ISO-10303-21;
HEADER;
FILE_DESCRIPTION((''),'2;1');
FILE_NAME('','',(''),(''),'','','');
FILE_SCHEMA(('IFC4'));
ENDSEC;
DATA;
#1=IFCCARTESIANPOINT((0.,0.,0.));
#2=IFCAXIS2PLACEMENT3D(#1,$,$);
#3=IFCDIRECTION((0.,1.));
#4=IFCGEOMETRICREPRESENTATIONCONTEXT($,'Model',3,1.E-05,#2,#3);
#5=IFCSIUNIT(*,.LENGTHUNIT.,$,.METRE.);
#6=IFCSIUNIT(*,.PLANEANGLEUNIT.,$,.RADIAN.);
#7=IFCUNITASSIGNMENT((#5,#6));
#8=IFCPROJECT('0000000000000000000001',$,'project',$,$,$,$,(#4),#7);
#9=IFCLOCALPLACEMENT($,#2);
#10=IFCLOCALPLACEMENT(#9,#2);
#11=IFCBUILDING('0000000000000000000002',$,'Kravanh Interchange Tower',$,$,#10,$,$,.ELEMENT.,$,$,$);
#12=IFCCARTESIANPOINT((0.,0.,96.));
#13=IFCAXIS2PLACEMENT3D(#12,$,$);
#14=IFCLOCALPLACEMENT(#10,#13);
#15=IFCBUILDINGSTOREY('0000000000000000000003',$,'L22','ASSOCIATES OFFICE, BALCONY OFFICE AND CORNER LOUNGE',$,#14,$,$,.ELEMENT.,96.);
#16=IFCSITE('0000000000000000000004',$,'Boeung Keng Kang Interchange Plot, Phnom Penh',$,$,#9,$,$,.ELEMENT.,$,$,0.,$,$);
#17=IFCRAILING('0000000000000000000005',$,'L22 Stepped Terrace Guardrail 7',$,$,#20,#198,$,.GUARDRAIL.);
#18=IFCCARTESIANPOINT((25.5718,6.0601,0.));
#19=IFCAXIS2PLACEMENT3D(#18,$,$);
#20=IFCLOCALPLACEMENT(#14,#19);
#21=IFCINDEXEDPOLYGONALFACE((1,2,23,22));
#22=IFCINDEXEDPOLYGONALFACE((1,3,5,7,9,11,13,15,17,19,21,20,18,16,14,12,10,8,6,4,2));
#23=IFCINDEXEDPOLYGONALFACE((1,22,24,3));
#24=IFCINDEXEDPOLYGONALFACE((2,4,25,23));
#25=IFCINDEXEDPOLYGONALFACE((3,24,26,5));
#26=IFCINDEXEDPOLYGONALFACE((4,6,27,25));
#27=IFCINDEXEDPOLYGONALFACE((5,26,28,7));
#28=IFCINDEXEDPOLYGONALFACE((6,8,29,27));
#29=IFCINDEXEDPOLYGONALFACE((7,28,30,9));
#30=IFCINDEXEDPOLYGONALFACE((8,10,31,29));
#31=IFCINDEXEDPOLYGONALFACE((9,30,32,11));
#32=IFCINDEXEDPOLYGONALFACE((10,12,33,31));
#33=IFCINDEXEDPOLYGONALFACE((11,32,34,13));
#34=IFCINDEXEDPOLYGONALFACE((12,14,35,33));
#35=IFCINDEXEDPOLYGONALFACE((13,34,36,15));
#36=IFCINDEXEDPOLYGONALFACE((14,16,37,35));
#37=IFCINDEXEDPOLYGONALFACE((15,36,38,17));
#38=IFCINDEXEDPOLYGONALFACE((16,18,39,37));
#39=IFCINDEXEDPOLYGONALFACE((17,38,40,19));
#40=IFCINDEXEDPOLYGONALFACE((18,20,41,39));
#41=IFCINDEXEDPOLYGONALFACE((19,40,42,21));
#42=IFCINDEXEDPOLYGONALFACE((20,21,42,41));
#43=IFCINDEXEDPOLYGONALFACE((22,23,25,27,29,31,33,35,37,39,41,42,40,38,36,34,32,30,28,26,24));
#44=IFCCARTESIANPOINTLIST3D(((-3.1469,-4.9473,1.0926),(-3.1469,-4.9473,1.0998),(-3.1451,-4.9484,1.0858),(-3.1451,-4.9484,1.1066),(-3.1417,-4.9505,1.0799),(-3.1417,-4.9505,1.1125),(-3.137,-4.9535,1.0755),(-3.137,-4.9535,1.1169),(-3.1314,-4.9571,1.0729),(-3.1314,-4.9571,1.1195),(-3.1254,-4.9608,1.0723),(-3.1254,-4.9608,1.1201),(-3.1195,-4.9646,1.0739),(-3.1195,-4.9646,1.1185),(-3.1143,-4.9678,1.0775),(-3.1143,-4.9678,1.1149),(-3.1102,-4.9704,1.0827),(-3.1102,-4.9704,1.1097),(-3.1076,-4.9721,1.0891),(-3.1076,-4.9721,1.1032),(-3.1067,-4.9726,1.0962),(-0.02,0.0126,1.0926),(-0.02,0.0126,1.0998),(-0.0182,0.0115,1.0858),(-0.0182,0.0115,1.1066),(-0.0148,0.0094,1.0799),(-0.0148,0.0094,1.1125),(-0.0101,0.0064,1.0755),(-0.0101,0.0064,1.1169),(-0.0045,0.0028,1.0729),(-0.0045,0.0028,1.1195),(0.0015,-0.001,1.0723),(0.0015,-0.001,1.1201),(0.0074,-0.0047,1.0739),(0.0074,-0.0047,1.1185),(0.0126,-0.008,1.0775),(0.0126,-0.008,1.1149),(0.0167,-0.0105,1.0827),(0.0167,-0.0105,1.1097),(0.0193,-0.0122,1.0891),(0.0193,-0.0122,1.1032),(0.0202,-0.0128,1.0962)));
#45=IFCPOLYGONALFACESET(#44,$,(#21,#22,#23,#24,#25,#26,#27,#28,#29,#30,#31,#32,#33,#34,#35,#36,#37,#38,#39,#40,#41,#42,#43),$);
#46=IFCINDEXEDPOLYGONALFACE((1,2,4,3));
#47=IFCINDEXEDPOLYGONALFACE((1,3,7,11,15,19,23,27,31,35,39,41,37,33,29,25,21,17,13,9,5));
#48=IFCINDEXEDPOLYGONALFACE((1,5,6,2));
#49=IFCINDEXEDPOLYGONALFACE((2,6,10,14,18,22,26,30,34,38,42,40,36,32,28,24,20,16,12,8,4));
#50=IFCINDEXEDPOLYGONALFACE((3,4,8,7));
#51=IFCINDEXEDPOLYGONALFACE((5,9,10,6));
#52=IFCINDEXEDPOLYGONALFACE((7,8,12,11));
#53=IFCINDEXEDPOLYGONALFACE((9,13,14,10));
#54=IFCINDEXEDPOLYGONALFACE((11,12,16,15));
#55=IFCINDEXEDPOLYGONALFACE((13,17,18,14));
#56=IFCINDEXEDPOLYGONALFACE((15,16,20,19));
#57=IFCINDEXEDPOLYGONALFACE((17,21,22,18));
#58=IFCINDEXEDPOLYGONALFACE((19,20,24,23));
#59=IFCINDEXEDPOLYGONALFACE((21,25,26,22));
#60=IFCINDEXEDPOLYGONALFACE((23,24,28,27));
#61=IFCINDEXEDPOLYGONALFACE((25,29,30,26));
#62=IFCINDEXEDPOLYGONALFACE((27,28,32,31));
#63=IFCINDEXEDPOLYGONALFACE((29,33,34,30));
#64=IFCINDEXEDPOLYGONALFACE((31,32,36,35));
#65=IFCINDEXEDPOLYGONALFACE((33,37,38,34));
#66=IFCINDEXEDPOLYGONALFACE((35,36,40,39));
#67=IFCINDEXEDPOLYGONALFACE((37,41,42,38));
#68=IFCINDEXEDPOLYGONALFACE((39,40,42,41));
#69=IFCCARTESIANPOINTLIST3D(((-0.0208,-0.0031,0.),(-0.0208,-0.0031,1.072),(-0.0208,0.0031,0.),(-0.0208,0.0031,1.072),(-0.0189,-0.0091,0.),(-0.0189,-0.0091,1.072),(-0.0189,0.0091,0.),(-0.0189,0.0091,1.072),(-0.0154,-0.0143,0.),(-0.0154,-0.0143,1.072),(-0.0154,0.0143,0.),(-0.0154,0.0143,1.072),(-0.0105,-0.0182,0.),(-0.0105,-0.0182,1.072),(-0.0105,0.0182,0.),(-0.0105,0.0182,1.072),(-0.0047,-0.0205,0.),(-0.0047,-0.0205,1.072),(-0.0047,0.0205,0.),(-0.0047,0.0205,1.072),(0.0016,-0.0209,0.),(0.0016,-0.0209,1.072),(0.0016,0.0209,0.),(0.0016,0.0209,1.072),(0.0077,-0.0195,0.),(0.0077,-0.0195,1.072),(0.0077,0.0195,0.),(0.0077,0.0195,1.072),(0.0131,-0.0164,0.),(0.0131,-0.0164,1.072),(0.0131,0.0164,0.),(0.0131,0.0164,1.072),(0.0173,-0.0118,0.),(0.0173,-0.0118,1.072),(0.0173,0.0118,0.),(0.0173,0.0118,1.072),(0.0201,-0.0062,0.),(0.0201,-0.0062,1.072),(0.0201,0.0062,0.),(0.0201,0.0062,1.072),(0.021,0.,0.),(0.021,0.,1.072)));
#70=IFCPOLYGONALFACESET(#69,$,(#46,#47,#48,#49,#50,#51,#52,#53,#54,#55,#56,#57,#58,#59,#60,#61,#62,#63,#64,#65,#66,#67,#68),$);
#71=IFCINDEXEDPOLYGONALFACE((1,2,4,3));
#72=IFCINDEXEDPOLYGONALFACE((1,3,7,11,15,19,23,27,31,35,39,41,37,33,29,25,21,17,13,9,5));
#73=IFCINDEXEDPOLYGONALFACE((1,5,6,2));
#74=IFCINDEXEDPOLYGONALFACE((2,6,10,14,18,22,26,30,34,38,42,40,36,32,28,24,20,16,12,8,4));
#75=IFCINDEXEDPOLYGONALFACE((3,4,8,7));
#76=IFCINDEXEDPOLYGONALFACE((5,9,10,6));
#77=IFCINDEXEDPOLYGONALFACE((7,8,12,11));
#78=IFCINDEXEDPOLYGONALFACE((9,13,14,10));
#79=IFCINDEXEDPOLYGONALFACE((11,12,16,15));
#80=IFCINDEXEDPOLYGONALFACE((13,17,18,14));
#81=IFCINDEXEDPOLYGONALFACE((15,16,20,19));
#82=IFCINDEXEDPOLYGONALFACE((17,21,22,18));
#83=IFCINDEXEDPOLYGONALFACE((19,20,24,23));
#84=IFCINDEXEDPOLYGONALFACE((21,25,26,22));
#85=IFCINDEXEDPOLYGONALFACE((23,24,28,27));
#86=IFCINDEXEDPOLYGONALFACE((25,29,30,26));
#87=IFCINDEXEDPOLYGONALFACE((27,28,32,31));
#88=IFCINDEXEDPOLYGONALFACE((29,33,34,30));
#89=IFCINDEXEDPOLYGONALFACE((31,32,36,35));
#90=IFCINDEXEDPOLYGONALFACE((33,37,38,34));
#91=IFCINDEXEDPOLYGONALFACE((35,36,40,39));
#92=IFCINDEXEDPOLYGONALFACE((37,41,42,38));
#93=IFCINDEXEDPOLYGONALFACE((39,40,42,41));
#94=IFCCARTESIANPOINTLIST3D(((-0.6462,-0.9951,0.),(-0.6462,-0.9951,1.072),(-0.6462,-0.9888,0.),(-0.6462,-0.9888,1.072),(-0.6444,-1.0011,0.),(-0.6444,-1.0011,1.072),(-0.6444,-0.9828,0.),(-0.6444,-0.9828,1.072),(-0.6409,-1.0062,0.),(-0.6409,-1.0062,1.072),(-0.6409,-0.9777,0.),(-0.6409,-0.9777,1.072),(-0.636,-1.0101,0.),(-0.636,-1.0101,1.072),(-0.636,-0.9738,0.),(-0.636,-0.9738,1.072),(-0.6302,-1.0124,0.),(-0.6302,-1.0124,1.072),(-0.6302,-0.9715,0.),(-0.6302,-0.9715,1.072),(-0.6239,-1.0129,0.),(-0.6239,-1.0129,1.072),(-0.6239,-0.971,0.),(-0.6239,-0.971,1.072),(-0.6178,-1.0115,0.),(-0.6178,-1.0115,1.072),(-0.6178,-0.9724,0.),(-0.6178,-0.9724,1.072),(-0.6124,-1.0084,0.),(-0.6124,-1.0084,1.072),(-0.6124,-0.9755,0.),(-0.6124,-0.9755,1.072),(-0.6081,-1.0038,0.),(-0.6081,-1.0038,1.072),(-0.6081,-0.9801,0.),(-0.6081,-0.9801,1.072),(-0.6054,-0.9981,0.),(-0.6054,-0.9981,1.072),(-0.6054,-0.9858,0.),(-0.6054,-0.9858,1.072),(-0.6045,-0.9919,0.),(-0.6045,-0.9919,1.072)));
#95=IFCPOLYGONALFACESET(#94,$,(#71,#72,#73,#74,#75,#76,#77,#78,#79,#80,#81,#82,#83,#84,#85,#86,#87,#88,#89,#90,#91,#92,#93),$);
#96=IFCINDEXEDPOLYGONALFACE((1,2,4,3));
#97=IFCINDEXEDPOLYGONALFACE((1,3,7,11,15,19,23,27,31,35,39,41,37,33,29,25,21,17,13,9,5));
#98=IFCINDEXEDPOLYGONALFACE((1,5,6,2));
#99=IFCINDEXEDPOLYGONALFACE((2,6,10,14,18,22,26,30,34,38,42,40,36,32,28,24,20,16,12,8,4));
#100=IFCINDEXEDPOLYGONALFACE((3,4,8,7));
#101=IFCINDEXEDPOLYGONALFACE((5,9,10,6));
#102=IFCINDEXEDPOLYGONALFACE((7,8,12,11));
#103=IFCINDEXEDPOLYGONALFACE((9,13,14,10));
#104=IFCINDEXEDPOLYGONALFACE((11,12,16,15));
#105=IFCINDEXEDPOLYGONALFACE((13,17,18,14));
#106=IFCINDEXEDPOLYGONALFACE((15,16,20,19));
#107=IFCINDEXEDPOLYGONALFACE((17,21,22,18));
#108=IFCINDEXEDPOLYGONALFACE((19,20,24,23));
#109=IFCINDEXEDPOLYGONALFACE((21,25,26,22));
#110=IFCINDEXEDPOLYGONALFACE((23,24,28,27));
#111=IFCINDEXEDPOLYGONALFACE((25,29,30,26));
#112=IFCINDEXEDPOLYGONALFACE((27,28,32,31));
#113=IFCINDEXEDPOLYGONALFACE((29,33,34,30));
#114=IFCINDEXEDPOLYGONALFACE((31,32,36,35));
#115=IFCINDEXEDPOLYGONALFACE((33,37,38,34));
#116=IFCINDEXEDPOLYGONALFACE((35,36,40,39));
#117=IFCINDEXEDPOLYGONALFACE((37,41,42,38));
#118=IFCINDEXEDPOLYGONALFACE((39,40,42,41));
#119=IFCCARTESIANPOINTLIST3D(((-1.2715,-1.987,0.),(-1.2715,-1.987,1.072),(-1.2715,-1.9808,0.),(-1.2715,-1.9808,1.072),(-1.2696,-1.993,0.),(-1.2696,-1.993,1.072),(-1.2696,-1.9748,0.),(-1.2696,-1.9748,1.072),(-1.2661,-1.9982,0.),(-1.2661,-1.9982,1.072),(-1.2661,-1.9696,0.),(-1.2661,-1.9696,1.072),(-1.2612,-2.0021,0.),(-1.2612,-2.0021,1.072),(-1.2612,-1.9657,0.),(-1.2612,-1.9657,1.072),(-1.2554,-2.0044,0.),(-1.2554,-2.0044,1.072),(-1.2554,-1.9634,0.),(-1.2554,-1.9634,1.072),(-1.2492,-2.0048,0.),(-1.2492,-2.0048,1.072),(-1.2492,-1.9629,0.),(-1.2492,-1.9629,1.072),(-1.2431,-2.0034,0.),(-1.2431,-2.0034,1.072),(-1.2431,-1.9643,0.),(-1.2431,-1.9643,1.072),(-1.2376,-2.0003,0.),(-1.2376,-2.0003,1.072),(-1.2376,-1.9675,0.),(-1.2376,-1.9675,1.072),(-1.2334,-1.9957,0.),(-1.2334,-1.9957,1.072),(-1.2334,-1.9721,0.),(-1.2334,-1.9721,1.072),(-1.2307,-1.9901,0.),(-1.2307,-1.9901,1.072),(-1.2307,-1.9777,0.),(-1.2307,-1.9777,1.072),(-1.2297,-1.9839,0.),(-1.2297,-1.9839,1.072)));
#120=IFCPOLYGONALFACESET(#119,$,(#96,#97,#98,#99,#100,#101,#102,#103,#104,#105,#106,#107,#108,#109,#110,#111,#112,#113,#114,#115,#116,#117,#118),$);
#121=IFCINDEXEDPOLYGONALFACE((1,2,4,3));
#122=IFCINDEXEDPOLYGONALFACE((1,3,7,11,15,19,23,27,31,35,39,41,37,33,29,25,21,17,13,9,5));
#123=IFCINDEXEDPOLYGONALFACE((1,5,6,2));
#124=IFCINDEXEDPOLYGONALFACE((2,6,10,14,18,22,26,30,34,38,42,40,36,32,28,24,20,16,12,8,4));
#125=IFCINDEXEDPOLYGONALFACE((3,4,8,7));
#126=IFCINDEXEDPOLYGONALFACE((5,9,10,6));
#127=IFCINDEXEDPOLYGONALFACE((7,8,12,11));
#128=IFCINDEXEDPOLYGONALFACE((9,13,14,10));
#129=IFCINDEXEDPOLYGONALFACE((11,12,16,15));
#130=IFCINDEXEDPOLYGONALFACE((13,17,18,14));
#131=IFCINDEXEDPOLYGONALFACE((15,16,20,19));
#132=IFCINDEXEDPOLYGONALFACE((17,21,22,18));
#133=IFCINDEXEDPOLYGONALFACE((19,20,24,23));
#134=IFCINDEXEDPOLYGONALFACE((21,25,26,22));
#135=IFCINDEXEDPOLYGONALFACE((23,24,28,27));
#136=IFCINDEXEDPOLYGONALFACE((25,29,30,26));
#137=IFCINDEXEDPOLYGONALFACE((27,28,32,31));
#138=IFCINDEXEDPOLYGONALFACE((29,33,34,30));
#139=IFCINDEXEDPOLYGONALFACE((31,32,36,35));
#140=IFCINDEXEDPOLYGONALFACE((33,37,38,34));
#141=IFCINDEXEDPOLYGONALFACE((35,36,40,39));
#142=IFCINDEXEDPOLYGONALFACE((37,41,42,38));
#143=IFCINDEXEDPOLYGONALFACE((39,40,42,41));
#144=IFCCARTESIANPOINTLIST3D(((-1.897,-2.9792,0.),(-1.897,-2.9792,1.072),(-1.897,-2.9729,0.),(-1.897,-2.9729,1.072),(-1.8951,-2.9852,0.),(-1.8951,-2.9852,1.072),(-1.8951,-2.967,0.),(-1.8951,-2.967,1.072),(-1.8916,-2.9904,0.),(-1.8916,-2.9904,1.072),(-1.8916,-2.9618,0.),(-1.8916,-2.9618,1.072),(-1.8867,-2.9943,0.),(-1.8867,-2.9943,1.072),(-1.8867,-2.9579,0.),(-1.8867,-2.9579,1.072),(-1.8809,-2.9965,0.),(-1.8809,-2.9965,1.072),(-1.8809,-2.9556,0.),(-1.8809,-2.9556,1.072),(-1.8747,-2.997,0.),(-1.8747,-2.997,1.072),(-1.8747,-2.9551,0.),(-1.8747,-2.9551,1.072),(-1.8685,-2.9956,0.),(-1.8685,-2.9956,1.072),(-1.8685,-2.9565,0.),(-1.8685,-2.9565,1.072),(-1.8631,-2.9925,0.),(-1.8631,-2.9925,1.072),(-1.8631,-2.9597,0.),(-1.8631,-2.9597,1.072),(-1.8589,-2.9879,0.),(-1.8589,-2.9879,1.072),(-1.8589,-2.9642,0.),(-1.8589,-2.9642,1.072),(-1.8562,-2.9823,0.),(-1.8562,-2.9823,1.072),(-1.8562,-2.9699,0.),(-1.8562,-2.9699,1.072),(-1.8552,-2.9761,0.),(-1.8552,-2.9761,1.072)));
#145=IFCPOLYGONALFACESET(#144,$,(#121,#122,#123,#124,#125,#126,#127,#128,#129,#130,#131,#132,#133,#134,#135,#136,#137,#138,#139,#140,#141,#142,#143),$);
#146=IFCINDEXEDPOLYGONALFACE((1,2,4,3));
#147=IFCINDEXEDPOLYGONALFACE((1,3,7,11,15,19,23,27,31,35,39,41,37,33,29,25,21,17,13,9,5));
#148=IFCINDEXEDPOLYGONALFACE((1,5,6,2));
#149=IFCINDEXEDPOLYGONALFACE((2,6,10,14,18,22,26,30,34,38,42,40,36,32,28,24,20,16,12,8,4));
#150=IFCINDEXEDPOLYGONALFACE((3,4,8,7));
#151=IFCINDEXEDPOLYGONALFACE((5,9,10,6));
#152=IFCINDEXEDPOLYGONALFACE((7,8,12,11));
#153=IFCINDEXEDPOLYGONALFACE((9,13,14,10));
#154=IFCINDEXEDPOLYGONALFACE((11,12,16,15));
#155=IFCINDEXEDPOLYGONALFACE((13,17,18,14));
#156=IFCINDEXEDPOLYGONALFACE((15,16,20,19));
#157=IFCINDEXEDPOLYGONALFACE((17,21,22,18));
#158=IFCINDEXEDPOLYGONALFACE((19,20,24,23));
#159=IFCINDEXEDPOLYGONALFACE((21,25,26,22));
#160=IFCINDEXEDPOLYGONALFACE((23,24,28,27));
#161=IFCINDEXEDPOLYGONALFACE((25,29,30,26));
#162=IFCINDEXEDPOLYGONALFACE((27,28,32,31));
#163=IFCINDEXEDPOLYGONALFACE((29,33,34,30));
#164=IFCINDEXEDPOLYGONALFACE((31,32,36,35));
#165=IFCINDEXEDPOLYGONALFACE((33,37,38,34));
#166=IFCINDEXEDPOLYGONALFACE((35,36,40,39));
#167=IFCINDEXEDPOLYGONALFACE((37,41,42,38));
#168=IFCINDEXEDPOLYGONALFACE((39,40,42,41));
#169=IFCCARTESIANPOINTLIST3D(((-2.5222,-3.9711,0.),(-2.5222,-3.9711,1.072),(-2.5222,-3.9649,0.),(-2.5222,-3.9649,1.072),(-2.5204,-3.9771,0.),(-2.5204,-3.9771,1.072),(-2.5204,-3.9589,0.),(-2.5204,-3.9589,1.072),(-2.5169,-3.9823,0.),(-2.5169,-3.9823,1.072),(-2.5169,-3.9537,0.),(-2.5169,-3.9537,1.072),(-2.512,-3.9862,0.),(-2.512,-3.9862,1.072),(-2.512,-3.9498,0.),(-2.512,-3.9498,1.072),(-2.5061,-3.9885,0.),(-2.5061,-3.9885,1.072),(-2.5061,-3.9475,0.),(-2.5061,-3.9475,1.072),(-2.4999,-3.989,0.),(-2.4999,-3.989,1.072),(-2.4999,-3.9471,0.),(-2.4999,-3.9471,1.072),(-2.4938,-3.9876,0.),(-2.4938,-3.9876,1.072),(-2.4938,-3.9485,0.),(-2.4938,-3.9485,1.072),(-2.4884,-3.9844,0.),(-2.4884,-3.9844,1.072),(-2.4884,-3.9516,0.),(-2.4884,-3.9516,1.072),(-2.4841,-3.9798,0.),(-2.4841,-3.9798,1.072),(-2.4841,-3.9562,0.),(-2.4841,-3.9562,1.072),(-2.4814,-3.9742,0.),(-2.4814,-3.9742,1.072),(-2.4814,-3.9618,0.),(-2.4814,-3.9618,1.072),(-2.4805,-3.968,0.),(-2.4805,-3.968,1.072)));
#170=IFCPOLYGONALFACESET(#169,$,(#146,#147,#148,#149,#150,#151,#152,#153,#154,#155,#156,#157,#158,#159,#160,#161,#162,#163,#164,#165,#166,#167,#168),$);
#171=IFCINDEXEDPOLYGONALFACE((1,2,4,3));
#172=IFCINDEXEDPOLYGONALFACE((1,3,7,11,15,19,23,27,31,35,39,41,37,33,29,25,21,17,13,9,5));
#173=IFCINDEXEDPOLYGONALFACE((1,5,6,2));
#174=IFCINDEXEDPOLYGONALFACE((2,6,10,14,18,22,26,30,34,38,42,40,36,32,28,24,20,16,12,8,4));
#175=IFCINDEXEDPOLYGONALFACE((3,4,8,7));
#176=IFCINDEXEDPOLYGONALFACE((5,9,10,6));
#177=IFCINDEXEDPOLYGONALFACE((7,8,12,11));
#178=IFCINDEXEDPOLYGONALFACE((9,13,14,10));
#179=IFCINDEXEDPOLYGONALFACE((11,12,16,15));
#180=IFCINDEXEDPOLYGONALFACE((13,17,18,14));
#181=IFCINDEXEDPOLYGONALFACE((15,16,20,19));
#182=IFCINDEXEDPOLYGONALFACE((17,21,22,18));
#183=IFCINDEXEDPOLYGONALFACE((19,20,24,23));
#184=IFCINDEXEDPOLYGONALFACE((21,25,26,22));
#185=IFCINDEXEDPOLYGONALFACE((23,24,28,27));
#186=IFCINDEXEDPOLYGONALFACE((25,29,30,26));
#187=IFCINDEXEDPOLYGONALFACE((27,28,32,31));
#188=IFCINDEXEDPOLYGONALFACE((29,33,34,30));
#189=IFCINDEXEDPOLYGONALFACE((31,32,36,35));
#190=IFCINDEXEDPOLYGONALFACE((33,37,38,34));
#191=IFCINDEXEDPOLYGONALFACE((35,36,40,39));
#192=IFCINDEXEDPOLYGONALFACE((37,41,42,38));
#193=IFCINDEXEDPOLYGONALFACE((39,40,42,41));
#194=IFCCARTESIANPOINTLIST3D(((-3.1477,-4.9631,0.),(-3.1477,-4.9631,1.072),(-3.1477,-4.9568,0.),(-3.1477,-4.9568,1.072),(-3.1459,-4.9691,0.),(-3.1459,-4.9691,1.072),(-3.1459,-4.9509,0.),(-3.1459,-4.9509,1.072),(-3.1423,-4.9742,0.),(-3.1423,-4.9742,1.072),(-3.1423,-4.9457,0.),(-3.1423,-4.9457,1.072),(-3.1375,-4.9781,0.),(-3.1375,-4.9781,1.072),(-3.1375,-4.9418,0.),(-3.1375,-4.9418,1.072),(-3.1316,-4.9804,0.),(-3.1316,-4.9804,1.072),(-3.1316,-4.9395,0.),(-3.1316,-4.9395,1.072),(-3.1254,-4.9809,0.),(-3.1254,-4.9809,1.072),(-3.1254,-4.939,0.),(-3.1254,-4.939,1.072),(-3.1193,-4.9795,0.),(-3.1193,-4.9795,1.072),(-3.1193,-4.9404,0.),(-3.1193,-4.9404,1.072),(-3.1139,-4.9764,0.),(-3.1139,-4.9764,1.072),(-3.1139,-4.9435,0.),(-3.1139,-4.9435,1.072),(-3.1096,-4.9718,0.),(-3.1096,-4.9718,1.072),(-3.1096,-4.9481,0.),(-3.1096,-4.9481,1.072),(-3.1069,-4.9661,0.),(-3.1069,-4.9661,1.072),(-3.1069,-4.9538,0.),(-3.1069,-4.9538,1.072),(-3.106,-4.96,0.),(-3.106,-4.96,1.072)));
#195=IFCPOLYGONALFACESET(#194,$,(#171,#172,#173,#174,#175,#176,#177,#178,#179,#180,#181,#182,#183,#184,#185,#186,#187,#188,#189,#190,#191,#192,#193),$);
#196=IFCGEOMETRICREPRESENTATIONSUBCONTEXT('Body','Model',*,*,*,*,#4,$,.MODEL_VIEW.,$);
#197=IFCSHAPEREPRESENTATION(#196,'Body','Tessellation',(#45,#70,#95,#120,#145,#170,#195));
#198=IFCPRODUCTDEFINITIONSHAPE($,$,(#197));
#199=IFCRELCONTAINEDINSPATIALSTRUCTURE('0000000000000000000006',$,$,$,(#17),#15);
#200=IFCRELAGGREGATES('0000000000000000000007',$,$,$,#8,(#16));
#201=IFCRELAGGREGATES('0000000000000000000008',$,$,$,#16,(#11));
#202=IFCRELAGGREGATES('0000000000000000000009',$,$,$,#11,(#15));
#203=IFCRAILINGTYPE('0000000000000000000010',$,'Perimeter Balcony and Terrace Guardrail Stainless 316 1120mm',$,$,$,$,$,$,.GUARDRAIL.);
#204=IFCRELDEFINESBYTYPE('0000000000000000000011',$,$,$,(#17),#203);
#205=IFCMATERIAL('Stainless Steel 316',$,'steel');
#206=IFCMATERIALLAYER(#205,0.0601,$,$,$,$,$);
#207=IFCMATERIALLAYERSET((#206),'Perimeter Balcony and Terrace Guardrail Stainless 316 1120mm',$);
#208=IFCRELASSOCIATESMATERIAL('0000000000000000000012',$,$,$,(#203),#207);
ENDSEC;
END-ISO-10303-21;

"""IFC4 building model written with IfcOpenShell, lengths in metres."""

from ifc_helpers import new_model, si_unit, direction, frame, origin, origin_2d, place, context, subcontext, project, spatial, circle, extrude, material, layer, layer_set, type_object, element, save


model = new_model("IFC4")

# Units and contexts
model_context = context("Model", 3, precision=1e-05, world=origin(), true_north=direction((0.0, 1.0)))
body_context = subcontext(model_context, "Body", "Model", "MODEL_VIEW")
ifc_project = project(units=[si_unit("LENGTHUNIT", "METRE"), si_unit("PLANEANGLEUNIT", "RADIAN")], contexts=[model_context])

# Site, building, storey
site_placement = place(None, origin())
site = spatial("IfcSite", under=ifc_project, at=site_placement, Name="Boeung Keng Kang Interchange Plot, Phnom Penh", CompositionType="ELEMENT", RefElevation=0.0)
building_placement = place(site_placement, origin())
building = spatial("IfcBuilding", under=site, at=building_placement, Name="Kravanh Interchange Tower", CompositionType="ELEMENT")
storey_placement = place(building_placement, frame((0.0, 0.0, 96.0)))
storey = spatial("IfcBuildingStorey", under=building, at=storey_placement, Name="L22", Description="ASSOCIATES OFFICE, BALCONY OFFICE AND CORNER LOUNGE", CompositionType="ELEMENT", Elevation=96.0)

# Railing
ifc_material_1 = material(Name="Stainless Steel 316", Category="steel")
ifc_layer_1 = layer(ifc_material_1, 0.0601)
ifc_layer_set_1 = layer_set([ifc_layer_1], Name="Perimeter Balcony and Terrace Guardrail Stainless 316 1120mm")
railing_type = type_object("IfcRailingType", Name="Perimeter Balcony and Terrace Guardrail Stainless 316 1120mm", PredefinedType="GUARDRAIL", material=ifc_layer_set_1)
railing_1_placement = place(storey_placement, frame((25.5718, 6.0601, 0.0)))
element("IfcRailing", 1, at=railing_1_placement, inside=storey, type_object=railing_type, Name="L22 Stepped Terrace Guardrail 7", PredefinedType="GUARDRAIL", context=body_context, shape_type="SweptSolid", body=[
    extrude(circle(Radius=0.0239, at=origin_2d()), frame((0.0, 0.0, 1.0962), z_axis=(-0.533304, -0.845924, 0.0), x_axis=(0.845924, -0.533304, 0.0)), (0.0, 0.0, 1.0), 5.8633),
    extrude(circle(Radius=0.021, at=origin_2d()), origin(), (0.0, 0.0, 1.0), 1.072),
    extrude(circle(Radius=0.021, at=origin_2d()), frame((-0.6255, -0.9919, 0.0)), (0.0, 0.0, 1.0), 1.072),
    extrude(circle(Radius=0.021, at=origin_2d()), frame((-1.2507, -1.9839, 0.0)), (0.0, 0.0, 1.0), 1.072),
    extrude(circle(Radius=0.021, at=origin_2d()), frame((-1.8762, -2.9761, 0.0)), (0.0, 0.0, 1.0), 1.072),
    extrude(circle(Radius=0.021, at=origin_2d()), frame((-2.5015, -3.968, 0.0)), (0.0, 0.0, 1.0), 1.072),
    extrude(circle(Radius=0.021, at=origin_2d()), frame((-3.127, -4.96, 0.0)), (0.0, 0.0, 1.0), 1.072),
])

save(model, "model.ifc")
